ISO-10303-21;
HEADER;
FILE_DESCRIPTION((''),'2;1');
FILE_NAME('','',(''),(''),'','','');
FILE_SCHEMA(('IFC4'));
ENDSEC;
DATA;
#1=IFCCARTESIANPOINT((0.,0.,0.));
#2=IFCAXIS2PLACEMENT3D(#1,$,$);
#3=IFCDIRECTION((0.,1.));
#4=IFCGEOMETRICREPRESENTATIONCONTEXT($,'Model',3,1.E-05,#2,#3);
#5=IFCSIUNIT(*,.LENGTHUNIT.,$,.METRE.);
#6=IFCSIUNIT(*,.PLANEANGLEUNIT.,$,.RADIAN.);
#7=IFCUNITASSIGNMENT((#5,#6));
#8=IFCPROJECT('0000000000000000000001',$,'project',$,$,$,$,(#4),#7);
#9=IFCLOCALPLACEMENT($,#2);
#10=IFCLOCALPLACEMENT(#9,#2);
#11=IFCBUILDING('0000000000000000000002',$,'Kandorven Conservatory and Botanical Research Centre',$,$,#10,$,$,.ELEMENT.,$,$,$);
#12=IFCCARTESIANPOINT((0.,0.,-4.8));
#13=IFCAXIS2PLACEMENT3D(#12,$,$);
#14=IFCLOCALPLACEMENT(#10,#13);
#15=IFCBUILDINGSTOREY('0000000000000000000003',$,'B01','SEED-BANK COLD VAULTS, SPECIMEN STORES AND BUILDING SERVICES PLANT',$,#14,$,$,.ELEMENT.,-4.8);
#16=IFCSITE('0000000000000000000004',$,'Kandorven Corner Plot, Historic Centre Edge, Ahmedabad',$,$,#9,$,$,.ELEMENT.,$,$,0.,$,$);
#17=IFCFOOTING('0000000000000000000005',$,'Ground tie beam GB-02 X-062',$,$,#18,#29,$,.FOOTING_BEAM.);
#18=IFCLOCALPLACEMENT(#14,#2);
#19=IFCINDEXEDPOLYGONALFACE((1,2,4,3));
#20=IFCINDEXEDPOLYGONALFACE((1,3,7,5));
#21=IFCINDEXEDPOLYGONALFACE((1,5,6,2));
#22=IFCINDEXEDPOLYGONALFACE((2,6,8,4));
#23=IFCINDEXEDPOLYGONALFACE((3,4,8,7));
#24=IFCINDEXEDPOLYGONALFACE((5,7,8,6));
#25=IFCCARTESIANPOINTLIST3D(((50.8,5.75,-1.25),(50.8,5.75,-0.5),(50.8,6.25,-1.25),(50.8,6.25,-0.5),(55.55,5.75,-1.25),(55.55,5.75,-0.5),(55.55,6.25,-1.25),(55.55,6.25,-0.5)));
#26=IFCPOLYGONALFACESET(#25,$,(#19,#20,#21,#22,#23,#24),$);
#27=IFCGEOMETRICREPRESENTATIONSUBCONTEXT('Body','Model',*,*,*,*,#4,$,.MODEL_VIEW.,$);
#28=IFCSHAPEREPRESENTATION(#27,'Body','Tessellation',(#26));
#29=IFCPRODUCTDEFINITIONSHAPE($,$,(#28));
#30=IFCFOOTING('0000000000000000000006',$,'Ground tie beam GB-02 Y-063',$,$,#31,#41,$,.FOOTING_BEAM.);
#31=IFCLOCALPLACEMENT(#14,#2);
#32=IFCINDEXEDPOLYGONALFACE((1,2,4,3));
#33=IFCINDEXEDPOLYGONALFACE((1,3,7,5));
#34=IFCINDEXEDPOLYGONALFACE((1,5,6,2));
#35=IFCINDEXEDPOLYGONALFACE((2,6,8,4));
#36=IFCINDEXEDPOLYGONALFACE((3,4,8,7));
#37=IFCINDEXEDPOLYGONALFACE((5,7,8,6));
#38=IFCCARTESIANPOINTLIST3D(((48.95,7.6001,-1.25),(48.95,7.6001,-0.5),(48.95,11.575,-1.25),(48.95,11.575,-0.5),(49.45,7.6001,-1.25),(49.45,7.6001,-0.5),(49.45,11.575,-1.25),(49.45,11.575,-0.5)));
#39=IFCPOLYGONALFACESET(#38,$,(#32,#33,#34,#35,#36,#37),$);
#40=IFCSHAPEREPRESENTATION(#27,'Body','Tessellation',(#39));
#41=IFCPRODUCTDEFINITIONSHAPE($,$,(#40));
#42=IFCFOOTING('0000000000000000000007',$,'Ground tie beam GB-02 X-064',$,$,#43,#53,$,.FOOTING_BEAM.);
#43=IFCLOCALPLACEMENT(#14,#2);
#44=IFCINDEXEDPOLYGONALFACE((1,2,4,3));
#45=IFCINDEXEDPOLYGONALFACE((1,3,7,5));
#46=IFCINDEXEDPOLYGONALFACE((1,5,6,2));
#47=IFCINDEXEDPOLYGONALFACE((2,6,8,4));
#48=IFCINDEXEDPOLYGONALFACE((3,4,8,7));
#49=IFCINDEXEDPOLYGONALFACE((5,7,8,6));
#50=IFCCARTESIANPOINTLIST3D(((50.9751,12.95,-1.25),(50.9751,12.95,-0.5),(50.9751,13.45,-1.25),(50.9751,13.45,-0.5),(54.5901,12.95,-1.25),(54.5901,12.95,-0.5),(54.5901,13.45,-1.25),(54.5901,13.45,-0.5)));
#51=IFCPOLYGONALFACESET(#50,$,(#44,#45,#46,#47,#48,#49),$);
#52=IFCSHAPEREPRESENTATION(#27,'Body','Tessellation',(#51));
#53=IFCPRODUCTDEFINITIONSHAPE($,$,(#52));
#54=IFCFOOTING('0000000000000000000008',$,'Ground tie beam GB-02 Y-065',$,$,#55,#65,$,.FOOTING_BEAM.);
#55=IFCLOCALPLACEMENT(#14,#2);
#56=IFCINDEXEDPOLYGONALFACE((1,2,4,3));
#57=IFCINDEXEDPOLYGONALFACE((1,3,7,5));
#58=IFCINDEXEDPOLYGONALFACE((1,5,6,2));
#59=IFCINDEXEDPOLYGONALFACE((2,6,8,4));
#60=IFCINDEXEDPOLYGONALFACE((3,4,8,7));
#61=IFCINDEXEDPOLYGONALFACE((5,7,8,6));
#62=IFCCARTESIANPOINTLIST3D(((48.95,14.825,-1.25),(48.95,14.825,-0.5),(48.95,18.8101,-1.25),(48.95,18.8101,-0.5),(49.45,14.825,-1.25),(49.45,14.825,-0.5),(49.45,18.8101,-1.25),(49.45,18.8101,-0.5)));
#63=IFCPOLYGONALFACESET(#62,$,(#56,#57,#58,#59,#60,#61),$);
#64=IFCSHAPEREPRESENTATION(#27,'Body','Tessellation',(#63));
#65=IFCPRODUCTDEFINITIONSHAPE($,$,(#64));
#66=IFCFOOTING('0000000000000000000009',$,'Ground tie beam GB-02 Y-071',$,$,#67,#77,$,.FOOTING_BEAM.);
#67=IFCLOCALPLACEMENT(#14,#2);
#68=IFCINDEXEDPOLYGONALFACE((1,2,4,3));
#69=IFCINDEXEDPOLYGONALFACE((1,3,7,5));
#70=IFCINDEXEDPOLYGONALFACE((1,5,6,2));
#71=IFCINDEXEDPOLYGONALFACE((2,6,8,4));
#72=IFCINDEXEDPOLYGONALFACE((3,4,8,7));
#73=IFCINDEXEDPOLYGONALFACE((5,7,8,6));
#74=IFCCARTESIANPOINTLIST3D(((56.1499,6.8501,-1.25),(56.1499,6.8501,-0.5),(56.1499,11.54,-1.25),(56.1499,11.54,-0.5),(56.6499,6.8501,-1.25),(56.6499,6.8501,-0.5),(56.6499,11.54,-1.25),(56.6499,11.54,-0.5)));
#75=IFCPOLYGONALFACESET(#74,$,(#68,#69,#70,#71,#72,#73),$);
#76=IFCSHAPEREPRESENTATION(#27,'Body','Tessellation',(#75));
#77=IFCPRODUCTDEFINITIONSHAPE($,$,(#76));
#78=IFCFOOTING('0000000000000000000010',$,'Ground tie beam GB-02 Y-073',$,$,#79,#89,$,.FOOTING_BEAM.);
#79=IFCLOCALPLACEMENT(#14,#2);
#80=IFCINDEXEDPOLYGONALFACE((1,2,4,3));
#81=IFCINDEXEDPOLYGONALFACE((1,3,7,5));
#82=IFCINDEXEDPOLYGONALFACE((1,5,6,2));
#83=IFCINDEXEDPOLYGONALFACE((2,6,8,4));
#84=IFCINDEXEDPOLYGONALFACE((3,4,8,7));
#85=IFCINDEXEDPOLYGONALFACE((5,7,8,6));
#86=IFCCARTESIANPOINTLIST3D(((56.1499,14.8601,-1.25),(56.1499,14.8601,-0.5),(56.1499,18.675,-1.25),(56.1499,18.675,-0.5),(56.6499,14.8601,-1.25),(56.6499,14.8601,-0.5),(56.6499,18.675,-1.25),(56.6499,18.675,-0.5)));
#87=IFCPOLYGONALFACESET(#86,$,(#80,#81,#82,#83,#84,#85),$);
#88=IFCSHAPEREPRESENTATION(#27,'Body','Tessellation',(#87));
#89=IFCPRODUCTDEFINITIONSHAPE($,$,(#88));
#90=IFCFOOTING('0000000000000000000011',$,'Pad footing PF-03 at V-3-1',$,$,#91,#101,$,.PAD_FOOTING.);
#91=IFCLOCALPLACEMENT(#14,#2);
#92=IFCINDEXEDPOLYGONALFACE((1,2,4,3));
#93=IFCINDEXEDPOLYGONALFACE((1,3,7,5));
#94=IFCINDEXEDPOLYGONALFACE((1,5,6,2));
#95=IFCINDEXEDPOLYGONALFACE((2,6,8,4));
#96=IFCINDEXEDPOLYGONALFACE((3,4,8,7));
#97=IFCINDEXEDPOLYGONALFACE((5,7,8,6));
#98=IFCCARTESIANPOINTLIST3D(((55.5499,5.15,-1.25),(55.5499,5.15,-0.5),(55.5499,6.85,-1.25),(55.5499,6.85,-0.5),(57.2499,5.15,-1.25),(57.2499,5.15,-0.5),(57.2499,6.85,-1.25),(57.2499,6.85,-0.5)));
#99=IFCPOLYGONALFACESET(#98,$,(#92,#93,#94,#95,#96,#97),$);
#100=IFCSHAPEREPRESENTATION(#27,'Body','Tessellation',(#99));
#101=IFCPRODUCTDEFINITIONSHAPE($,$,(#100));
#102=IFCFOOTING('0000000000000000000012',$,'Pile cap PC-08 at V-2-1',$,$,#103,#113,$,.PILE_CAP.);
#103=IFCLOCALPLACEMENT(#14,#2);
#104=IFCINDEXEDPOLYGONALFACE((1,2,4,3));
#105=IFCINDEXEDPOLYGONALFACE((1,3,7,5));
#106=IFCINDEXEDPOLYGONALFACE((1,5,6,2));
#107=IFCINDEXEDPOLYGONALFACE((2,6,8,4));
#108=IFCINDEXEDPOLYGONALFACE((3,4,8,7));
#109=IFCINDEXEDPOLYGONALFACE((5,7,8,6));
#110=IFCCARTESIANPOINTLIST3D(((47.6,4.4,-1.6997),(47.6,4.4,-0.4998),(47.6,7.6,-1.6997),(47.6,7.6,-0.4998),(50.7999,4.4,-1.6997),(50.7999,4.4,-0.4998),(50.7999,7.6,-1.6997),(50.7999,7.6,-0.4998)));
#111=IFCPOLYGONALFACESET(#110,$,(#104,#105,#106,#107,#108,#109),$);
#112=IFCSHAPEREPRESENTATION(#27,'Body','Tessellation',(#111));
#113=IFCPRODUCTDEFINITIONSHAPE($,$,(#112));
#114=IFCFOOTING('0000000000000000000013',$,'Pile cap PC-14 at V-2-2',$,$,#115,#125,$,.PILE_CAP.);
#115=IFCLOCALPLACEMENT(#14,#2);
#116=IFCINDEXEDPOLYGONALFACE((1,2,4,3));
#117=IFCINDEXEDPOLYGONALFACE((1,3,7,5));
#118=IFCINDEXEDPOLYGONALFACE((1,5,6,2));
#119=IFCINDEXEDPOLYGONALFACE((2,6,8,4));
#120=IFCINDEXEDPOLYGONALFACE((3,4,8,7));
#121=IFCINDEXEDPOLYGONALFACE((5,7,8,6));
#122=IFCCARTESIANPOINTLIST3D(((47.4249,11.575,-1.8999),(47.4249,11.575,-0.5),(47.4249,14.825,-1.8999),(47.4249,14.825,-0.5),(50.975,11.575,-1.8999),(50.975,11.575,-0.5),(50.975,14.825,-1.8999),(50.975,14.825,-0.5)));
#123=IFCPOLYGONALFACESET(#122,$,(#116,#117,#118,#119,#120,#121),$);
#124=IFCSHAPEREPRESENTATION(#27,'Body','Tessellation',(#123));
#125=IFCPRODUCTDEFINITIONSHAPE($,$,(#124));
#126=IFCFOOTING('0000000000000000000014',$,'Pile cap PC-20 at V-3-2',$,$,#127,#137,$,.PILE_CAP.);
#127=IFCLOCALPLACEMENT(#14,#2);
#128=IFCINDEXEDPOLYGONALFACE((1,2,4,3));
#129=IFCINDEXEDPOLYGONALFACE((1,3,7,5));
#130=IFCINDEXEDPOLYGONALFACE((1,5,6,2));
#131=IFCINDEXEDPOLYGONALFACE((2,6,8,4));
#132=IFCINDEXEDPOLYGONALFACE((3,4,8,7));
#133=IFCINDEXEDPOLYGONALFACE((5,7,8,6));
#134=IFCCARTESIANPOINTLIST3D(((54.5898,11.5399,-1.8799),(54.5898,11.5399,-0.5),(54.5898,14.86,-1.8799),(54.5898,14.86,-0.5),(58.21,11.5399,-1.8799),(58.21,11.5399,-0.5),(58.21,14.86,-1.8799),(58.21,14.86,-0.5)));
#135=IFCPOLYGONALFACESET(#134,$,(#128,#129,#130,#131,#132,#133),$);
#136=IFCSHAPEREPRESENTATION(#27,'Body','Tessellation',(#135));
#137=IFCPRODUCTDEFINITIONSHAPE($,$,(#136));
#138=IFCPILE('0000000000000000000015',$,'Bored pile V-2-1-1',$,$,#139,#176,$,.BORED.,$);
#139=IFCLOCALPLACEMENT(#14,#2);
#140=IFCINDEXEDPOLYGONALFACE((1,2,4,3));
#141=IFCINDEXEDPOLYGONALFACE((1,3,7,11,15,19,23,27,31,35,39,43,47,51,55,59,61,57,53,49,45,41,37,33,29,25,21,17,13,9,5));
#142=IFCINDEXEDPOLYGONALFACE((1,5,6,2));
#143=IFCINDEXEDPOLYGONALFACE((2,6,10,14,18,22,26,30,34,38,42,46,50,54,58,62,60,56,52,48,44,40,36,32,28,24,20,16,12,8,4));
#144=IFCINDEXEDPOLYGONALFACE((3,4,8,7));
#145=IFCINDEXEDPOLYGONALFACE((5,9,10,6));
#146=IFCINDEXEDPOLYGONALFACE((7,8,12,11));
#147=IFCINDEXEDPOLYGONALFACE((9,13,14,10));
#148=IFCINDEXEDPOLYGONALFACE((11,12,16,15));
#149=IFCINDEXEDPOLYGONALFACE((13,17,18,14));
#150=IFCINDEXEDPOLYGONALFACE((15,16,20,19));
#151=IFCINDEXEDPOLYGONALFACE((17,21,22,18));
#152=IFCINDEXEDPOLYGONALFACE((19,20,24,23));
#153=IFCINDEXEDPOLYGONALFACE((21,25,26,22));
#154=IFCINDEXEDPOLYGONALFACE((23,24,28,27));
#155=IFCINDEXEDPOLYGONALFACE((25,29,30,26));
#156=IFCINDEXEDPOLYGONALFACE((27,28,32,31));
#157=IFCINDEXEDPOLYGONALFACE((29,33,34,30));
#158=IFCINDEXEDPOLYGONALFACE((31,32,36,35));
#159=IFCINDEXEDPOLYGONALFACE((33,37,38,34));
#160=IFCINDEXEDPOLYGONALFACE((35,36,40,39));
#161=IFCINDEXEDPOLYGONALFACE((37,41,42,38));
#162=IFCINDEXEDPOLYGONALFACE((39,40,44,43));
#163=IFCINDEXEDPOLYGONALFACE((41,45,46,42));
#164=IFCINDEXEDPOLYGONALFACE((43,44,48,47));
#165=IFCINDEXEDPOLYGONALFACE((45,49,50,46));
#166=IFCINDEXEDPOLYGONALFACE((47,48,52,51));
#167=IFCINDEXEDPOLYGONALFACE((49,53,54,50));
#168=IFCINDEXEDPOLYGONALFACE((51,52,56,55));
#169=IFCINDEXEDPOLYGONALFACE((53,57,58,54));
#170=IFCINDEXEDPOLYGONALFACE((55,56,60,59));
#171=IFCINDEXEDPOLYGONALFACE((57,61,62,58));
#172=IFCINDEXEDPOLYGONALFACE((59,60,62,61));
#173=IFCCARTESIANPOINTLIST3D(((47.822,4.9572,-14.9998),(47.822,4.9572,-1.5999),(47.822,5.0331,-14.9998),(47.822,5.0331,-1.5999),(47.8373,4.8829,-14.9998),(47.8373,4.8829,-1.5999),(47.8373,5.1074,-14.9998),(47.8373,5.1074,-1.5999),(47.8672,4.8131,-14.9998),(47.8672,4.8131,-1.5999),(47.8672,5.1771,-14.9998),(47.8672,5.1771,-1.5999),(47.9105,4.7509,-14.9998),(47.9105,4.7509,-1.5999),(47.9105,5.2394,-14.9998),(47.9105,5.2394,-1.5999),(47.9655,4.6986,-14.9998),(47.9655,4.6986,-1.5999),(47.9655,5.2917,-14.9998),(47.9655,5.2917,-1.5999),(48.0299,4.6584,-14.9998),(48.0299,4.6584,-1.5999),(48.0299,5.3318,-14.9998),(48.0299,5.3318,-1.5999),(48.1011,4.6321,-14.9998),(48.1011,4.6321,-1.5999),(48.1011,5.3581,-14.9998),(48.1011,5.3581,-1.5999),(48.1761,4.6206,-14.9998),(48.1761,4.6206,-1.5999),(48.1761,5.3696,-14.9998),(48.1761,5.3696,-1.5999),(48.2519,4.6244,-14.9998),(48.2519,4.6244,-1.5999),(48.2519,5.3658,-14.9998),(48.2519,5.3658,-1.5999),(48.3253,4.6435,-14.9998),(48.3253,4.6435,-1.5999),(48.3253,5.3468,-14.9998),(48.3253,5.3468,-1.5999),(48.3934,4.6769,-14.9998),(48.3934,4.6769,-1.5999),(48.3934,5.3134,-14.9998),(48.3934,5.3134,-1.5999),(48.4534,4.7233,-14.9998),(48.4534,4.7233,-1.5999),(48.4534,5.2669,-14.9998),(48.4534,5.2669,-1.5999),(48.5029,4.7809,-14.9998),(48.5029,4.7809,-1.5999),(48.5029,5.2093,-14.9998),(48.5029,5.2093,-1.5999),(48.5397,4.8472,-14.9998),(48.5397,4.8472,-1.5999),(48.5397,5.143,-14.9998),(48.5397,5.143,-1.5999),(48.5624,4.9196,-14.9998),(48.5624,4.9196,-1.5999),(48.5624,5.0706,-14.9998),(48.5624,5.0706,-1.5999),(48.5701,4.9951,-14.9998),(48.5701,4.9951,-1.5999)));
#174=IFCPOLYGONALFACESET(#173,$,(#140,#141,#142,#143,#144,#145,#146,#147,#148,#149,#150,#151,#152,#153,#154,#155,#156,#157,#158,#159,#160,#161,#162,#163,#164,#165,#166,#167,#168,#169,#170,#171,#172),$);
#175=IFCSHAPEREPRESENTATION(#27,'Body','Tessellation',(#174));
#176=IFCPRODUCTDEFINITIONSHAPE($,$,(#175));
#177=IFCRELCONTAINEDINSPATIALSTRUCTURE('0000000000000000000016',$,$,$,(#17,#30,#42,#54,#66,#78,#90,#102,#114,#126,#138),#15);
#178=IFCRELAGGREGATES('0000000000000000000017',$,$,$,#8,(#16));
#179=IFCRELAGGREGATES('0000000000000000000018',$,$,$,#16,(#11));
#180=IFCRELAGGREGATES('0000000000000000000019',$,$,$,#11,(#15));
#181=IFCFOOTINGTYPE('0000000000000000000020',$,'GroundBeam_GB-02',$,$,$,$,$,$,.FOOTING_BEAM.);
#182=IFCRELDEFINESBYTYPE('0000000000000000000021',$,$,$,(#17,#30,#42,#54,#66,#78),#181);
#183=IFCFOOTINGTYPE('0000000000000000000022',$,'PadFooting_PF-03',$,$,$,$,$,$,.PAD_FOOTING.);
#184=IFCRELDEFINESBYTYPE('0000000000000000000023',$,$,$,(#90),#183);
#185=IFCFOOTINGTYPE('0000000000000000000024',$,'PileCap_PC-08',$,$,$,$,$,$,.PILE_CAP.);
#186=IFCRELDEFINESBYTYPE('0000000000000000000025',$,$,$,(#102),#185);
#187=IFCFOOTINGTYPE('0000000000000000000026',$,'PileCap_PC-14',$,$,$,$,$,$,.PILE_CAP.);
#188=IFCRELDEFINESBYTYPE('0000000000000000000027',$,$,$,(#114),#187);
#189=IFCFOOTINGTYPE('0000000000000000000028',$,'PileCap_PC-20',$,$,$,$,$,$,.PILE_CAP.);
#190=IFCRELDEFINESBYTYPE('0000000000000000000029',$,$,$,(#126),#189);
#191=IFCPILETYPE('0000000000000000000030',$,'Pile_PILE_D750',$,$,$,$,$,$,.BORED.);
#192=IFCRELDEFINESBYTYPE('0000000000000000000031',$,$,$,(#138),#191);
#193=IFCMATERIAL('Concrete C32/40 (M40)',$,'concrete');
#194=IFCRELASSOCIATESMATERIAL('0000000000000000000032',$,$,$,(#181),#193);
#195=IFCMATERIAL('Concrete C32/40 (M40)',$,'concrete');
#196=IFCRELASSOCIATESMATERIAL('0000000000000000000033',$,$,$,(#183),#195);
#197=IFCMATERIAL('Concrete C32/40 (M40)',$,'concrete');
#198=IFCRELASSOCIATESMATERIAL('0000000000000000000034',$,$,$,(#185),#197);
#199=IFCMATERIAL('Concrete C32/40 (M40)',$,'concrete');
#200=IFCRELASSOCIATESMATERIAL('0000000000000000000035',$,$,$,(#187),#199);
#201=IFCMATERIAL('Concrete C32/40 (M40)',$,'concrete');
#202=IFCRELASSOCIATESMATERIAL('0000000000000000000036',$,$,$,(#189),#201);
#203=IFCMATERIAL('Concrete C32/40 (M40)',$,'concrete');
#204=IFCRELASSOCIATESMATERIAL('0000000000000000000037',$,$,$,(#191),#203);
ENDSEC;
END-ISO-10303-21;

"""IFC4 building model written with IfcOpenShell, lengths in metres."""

from ifc_helpers import new_model, si_unit, direction, frame, origin, origin_2d, place, context, subcontext, project, spatial, rectangle, circle, extrude, material, material_profile, profile_set, type_object, element, save


model = new_model("IFC4")

# Units and contexts
model_context = context("Model", 3, precision=1e-05, world=origin(), true_north=direction((0.0, 1.0)))
body_context = subcontext(model_context, "Body", "Model", "MODEL_VIEW")
ifc_project = project(units=[si_unit("LENGTHUNIT", "METRE"), si_unit("PLANEANGLEUNIT", "RADIAN")], contexts=[model_context])

# Site, building, storey
site_placement = place(None, origin())
site = spatial("IfcSite", under=ifc_project, at=site_placement, Name="Kandorven Corner Plot, Historic Centre Edge, Ahmedabad", CompositionType="ELEMENT", RefElevation=0.0)
building_placement = place(site_placement, origin())
building = spatial("IfcBuilding", under=site, at=building_placement, Name="Kandorven Conservatory and Botanical Research Centre", CompositionType="ELEMENT")
storey_placement = place(building_placement, frame((0.0, 0.0, -4.8)))
storey = spatial("IfcBuildingStorey", under=building, at=storey_placement, Name="B01", Description="SEED-BANK COLD VAULTS, SPECIMEN STORES AND BUILDING SERVICES PLANT", CompositionType="ELEMENT", Elevation=-4.8)

# Footings
ifc_material_1 = material(Name="Concrete C32/40 (M40)", Category="concrete")
ifc_material_profile_1 = material_profile(ifc_material_1, rectangle(XDim=0.5, YDim=0.75, at=origin_2d()))
ifc_profile_set_1 = profile_set([ifc_material_profile_1], Name="Concrete C32/40 (M40)")
footing_type_1 = type_object("IfcFootingType", Name="GroundBeam_GB-02", PredefinedType="FOOTING_BEAM", material=ifc_profile_set_1)
footing_1_placement = place(storey_placement, frame((50.8, 6.0, -0.875), z_axis=(1.0, 0.0, 0.0), x_axis=(0.0, 1.0, 0.0)))
element("IfcFooting", 1, at=footing_1_placement, inside=storey, type_object=footing_type_1, Name="Ground tie beam GB-02 X-062", PredefinedType="FOOTING_BEAM", context=body_context, shape_type="SweptSolid", body=[
    extrude(rectangle(XDim=0.5, YDim=0.75, at=origin_2d()), origin(), (0.0, 0.0, 1.0), 4.75),
])
footing_2_placement = place(storey_placement, frame((49.2, 7.6001, -0.875), z_axis=(0.0, 1.0, 0.0), x_axis=(-1.0, 0.0, 0.0)))
element("IfcFooting", 2, at=footing_2_placement, inside=storey, type_object=footing_type_1, Name="Ground tie beam GB-02 Y-063", PredefinedType="FOOTING_BEAM", context=body_context, shape_type="SweptSolid", body=[
    extrude(rectangle(XDim=0.5, YDim=0.75, at=origin_2d()), origin(), (0.0, 0.0, 1.0), 3.9749),
])
footing_3_placement = place(storey_placement, frame((50.9751, 13.2, -0.875), z_axis=(1.0, 0.0, 0.0), x_axis=(0.0, 1.0, 0.0)))
element("IfcFooting", 3, at=footing_3_placement, inside=storey, type_object=footing_type_1, Name="Ground tie beam GB-02 X-064", PredefinedType="FOOTING_BEAM", context=body_context, shape_type="SweptSolid", body=[
    extrude(rectangle(XDim=0.5, YDim=0.75, at=origin_2d()), origin(), (0.0, 0.0, 1.0), 3.615),
])
footing_4_placement = place(storey_placement, frame((49.2, 14.825, -0.875), z_axis=(0.0, 1.0, 0.0), x_axis=(-1.0, 0.0, 0.0)))
element("IfcFooting", 4, at=footing_4_placement, inside=storey, type_object=footing_type_1, Name="Ground tie beam GB-02 Y-065", PredefinedType="FOOTING_BEAM", context=body_context, shape_type="SweptSolid", body=[
    extrude(rectangle(XDim=0.5, YDim=0.75, at=origin_2d()), origin(), (0.0, 0.0, 1.0), 3.9851),
])
footing_5_placement = place(storey_placement, frame((56.3999, 6.8501, -0.875), z_axis=(0.0, 1.0, 0.0), x_axis=(-1.0, 0.0, 0.0)))
element("IfcFooting", 5, at=footing_5_placement, inside=storey, type_object=footing_type_1, Name="Ground tie beam GB-02 Y-071", PredefinedType="FOOTING_BEAM", context=body_context, shape_type="SweptSolid", body=[
    extrude(rectangle(XDim=0.5, YDim=0.75, at=origin_2d()), origin(), (0.0, 0.0, 1.0), 4.6899),
])
footing_6_placement = place(storey_placement, frame((56.3999, 14.8601, -0.875), z_axis=(0.0, 1.0, 0.0), x_axis=(-1.0, 0.0, 0.0)))
element("IfcFooting", 6, at=footing_6_placement, inside=storey, type_object=footing_type_1, Name="Ground tie beam GB-02 Y-073", PredefinedType="FOOTING_BEAM", context=body_context, shape_type="SweptSolid", body=[
    extrude(rectangle(XDim=0.5, YDim=0.75, at=origin_2d()), origin(), (0.0, 0.0, 1.0), 3.8149),
])
ifc_material_2 = material(Name="Concrete C32/40 (M40)", Category="concrete")
footing_type_2 = type_object("IfcFootingType", Name="PadFooting_PF-03", PredefinedType="PAD_FOOTING", material=ifc_material_2)
footing_7_placement = place(storey_placement, frame((56.3999, 6.0, -1.25), z_axis=(0.0, 0.0, 1.0), x_axis=(1.0, 0.0, 0.0)))
element("IfcFooting", 7, at=footing_7_placement, inside=storey, type_object=footing_type_2, Name="Pad footing PF-03 at V-3-1", PredefinedType="PAD_FOOTING", context=body_context, shape_type="SweptSolid", body=[
    extrude(rectangle(XDim=1.7, YDim=1.7, at=origin_2d()), origin(), (0.0, 0.0, 1.0), 0.75),
])
ifc_material_3 = material(Name="Concrete C32/40 (M40)", Category="concrete")
footing_type_3 = type_object("IfcFootingType", Name="PileCap_PC-08", PredefinedType="PILE_CAP", material=ifc_material_3)
footing_8_placement = place(storey_placement, frame((49.2, 6.0, -1.6997), z_axis=(0.0, 0.0, 1.0), x_axis=(1.0, 0.0, 0.0)))
element("IfcFooting", 8, at=footing_8_placement, inside=storey, type_object=footing_type_3, Name="Pile cap PC-08 at V-2-1", PredefinedType="PILE_CAP", context=body_context, shape_type="SweptSolid", body=[
    extrude(rectangle(XDim=3.2, YDim=3.2, at=origin_2d()), origin(), (0.0, 0.0, 1.0), 1.2),
])
ifc_material_4 = material(Name="Concrete C32/40 (M40)", Category="concrete")
footing_type_4 = type_object("IfcFootingType", Name="PileCap_PC-14", PredefinedType="PILE_CAP", material=ifc_material_4)
footing_9_placement = place(storey_placement, frame((49.2, 13.2, -1.8999), z_axis=(0.0, 0.0, 1.0), x_axis=(1.0, 0.0, 0.0)))
element("IfcFooting", 9, at=footing_9_placement, inside=storey, type_object=footing_type_4, Name="Pile cap PC-14 at V-2-2", PredefinedType="PILE_CAP", context=body_context, shape_type="SweptSolid", body=[
    extrude(rectangle(XDim=3.55, YDim=3.25, at=origin_2d()), origin(), (0.0, 0.0, 1.0), 1.3999),
])
ifc_material_5 = material(Name="Concrete C32/40 (M40)", Category="concrete")
footing_type_5 = type_object("IfcFootingType", Name="PileCap_PC-20", PredefinedType="PILE_CAP", material=ifc_material_5)
footing_10_placement = place(storey_placement, frame((56.3999, 13.2, -1.8799), z_axis=(0.0, 0.0, 1.0), x_axis=(1.0, 0.0, 0.0)))
element("IfcFooting", 10, at=footing_10_placement, inside=storey, type_object=footing_type_5, Name="Pile cap PC-20 at V-3-2", PredefinedType="PILE_CAP", context=body_context, shape_type="SweptSolid", body=[
    extrude(rectangle(XDim=3.6201, YDim=3.3201, at=origin_2d()), origin(), (0.0, 0.0, 1.0), 1.3799),
])

# Pile
ifc_material_6 = material(Name="Concrete C32/40 (M40)", Category="concrete")
ifc_material_profile_2 = material_profile(ifc_material_6, circle(Radius=0.375, at=origin_2d()))
ifc_profile_set_2 = profile_set([ifc_material_profile_2], Name="Concrete C32/40 (M40)")
pile_type = type_object("IfcPileType", Name="Pile_PILE_D750", PredefinedType="BORED", material=ifc_profile_set_2)
for number, where, z_axis, x_axis, name in (
    (11, (48.1951, 4.9951, -1.5999), (0.0, 0.0, -1.0), (1.0, 0.0, 0.0), "Bored pile V-2-1-1"),
):
    element("IfcPile", number, at=place(storey_placement, frame(where, z_axis=z_axis, x_axis=x_axis)), inside=storey, type_object=pile_type, Name=name, PredefinedType="BORED", context=body_context, shape_type="SweptSolid", body=[
        extrude(circle(Radius=0.375, at=origin_2d()), origin(), (0.0, 0.0, 1.0), 13.3999),
    ])

save(model, "model.ifc")
